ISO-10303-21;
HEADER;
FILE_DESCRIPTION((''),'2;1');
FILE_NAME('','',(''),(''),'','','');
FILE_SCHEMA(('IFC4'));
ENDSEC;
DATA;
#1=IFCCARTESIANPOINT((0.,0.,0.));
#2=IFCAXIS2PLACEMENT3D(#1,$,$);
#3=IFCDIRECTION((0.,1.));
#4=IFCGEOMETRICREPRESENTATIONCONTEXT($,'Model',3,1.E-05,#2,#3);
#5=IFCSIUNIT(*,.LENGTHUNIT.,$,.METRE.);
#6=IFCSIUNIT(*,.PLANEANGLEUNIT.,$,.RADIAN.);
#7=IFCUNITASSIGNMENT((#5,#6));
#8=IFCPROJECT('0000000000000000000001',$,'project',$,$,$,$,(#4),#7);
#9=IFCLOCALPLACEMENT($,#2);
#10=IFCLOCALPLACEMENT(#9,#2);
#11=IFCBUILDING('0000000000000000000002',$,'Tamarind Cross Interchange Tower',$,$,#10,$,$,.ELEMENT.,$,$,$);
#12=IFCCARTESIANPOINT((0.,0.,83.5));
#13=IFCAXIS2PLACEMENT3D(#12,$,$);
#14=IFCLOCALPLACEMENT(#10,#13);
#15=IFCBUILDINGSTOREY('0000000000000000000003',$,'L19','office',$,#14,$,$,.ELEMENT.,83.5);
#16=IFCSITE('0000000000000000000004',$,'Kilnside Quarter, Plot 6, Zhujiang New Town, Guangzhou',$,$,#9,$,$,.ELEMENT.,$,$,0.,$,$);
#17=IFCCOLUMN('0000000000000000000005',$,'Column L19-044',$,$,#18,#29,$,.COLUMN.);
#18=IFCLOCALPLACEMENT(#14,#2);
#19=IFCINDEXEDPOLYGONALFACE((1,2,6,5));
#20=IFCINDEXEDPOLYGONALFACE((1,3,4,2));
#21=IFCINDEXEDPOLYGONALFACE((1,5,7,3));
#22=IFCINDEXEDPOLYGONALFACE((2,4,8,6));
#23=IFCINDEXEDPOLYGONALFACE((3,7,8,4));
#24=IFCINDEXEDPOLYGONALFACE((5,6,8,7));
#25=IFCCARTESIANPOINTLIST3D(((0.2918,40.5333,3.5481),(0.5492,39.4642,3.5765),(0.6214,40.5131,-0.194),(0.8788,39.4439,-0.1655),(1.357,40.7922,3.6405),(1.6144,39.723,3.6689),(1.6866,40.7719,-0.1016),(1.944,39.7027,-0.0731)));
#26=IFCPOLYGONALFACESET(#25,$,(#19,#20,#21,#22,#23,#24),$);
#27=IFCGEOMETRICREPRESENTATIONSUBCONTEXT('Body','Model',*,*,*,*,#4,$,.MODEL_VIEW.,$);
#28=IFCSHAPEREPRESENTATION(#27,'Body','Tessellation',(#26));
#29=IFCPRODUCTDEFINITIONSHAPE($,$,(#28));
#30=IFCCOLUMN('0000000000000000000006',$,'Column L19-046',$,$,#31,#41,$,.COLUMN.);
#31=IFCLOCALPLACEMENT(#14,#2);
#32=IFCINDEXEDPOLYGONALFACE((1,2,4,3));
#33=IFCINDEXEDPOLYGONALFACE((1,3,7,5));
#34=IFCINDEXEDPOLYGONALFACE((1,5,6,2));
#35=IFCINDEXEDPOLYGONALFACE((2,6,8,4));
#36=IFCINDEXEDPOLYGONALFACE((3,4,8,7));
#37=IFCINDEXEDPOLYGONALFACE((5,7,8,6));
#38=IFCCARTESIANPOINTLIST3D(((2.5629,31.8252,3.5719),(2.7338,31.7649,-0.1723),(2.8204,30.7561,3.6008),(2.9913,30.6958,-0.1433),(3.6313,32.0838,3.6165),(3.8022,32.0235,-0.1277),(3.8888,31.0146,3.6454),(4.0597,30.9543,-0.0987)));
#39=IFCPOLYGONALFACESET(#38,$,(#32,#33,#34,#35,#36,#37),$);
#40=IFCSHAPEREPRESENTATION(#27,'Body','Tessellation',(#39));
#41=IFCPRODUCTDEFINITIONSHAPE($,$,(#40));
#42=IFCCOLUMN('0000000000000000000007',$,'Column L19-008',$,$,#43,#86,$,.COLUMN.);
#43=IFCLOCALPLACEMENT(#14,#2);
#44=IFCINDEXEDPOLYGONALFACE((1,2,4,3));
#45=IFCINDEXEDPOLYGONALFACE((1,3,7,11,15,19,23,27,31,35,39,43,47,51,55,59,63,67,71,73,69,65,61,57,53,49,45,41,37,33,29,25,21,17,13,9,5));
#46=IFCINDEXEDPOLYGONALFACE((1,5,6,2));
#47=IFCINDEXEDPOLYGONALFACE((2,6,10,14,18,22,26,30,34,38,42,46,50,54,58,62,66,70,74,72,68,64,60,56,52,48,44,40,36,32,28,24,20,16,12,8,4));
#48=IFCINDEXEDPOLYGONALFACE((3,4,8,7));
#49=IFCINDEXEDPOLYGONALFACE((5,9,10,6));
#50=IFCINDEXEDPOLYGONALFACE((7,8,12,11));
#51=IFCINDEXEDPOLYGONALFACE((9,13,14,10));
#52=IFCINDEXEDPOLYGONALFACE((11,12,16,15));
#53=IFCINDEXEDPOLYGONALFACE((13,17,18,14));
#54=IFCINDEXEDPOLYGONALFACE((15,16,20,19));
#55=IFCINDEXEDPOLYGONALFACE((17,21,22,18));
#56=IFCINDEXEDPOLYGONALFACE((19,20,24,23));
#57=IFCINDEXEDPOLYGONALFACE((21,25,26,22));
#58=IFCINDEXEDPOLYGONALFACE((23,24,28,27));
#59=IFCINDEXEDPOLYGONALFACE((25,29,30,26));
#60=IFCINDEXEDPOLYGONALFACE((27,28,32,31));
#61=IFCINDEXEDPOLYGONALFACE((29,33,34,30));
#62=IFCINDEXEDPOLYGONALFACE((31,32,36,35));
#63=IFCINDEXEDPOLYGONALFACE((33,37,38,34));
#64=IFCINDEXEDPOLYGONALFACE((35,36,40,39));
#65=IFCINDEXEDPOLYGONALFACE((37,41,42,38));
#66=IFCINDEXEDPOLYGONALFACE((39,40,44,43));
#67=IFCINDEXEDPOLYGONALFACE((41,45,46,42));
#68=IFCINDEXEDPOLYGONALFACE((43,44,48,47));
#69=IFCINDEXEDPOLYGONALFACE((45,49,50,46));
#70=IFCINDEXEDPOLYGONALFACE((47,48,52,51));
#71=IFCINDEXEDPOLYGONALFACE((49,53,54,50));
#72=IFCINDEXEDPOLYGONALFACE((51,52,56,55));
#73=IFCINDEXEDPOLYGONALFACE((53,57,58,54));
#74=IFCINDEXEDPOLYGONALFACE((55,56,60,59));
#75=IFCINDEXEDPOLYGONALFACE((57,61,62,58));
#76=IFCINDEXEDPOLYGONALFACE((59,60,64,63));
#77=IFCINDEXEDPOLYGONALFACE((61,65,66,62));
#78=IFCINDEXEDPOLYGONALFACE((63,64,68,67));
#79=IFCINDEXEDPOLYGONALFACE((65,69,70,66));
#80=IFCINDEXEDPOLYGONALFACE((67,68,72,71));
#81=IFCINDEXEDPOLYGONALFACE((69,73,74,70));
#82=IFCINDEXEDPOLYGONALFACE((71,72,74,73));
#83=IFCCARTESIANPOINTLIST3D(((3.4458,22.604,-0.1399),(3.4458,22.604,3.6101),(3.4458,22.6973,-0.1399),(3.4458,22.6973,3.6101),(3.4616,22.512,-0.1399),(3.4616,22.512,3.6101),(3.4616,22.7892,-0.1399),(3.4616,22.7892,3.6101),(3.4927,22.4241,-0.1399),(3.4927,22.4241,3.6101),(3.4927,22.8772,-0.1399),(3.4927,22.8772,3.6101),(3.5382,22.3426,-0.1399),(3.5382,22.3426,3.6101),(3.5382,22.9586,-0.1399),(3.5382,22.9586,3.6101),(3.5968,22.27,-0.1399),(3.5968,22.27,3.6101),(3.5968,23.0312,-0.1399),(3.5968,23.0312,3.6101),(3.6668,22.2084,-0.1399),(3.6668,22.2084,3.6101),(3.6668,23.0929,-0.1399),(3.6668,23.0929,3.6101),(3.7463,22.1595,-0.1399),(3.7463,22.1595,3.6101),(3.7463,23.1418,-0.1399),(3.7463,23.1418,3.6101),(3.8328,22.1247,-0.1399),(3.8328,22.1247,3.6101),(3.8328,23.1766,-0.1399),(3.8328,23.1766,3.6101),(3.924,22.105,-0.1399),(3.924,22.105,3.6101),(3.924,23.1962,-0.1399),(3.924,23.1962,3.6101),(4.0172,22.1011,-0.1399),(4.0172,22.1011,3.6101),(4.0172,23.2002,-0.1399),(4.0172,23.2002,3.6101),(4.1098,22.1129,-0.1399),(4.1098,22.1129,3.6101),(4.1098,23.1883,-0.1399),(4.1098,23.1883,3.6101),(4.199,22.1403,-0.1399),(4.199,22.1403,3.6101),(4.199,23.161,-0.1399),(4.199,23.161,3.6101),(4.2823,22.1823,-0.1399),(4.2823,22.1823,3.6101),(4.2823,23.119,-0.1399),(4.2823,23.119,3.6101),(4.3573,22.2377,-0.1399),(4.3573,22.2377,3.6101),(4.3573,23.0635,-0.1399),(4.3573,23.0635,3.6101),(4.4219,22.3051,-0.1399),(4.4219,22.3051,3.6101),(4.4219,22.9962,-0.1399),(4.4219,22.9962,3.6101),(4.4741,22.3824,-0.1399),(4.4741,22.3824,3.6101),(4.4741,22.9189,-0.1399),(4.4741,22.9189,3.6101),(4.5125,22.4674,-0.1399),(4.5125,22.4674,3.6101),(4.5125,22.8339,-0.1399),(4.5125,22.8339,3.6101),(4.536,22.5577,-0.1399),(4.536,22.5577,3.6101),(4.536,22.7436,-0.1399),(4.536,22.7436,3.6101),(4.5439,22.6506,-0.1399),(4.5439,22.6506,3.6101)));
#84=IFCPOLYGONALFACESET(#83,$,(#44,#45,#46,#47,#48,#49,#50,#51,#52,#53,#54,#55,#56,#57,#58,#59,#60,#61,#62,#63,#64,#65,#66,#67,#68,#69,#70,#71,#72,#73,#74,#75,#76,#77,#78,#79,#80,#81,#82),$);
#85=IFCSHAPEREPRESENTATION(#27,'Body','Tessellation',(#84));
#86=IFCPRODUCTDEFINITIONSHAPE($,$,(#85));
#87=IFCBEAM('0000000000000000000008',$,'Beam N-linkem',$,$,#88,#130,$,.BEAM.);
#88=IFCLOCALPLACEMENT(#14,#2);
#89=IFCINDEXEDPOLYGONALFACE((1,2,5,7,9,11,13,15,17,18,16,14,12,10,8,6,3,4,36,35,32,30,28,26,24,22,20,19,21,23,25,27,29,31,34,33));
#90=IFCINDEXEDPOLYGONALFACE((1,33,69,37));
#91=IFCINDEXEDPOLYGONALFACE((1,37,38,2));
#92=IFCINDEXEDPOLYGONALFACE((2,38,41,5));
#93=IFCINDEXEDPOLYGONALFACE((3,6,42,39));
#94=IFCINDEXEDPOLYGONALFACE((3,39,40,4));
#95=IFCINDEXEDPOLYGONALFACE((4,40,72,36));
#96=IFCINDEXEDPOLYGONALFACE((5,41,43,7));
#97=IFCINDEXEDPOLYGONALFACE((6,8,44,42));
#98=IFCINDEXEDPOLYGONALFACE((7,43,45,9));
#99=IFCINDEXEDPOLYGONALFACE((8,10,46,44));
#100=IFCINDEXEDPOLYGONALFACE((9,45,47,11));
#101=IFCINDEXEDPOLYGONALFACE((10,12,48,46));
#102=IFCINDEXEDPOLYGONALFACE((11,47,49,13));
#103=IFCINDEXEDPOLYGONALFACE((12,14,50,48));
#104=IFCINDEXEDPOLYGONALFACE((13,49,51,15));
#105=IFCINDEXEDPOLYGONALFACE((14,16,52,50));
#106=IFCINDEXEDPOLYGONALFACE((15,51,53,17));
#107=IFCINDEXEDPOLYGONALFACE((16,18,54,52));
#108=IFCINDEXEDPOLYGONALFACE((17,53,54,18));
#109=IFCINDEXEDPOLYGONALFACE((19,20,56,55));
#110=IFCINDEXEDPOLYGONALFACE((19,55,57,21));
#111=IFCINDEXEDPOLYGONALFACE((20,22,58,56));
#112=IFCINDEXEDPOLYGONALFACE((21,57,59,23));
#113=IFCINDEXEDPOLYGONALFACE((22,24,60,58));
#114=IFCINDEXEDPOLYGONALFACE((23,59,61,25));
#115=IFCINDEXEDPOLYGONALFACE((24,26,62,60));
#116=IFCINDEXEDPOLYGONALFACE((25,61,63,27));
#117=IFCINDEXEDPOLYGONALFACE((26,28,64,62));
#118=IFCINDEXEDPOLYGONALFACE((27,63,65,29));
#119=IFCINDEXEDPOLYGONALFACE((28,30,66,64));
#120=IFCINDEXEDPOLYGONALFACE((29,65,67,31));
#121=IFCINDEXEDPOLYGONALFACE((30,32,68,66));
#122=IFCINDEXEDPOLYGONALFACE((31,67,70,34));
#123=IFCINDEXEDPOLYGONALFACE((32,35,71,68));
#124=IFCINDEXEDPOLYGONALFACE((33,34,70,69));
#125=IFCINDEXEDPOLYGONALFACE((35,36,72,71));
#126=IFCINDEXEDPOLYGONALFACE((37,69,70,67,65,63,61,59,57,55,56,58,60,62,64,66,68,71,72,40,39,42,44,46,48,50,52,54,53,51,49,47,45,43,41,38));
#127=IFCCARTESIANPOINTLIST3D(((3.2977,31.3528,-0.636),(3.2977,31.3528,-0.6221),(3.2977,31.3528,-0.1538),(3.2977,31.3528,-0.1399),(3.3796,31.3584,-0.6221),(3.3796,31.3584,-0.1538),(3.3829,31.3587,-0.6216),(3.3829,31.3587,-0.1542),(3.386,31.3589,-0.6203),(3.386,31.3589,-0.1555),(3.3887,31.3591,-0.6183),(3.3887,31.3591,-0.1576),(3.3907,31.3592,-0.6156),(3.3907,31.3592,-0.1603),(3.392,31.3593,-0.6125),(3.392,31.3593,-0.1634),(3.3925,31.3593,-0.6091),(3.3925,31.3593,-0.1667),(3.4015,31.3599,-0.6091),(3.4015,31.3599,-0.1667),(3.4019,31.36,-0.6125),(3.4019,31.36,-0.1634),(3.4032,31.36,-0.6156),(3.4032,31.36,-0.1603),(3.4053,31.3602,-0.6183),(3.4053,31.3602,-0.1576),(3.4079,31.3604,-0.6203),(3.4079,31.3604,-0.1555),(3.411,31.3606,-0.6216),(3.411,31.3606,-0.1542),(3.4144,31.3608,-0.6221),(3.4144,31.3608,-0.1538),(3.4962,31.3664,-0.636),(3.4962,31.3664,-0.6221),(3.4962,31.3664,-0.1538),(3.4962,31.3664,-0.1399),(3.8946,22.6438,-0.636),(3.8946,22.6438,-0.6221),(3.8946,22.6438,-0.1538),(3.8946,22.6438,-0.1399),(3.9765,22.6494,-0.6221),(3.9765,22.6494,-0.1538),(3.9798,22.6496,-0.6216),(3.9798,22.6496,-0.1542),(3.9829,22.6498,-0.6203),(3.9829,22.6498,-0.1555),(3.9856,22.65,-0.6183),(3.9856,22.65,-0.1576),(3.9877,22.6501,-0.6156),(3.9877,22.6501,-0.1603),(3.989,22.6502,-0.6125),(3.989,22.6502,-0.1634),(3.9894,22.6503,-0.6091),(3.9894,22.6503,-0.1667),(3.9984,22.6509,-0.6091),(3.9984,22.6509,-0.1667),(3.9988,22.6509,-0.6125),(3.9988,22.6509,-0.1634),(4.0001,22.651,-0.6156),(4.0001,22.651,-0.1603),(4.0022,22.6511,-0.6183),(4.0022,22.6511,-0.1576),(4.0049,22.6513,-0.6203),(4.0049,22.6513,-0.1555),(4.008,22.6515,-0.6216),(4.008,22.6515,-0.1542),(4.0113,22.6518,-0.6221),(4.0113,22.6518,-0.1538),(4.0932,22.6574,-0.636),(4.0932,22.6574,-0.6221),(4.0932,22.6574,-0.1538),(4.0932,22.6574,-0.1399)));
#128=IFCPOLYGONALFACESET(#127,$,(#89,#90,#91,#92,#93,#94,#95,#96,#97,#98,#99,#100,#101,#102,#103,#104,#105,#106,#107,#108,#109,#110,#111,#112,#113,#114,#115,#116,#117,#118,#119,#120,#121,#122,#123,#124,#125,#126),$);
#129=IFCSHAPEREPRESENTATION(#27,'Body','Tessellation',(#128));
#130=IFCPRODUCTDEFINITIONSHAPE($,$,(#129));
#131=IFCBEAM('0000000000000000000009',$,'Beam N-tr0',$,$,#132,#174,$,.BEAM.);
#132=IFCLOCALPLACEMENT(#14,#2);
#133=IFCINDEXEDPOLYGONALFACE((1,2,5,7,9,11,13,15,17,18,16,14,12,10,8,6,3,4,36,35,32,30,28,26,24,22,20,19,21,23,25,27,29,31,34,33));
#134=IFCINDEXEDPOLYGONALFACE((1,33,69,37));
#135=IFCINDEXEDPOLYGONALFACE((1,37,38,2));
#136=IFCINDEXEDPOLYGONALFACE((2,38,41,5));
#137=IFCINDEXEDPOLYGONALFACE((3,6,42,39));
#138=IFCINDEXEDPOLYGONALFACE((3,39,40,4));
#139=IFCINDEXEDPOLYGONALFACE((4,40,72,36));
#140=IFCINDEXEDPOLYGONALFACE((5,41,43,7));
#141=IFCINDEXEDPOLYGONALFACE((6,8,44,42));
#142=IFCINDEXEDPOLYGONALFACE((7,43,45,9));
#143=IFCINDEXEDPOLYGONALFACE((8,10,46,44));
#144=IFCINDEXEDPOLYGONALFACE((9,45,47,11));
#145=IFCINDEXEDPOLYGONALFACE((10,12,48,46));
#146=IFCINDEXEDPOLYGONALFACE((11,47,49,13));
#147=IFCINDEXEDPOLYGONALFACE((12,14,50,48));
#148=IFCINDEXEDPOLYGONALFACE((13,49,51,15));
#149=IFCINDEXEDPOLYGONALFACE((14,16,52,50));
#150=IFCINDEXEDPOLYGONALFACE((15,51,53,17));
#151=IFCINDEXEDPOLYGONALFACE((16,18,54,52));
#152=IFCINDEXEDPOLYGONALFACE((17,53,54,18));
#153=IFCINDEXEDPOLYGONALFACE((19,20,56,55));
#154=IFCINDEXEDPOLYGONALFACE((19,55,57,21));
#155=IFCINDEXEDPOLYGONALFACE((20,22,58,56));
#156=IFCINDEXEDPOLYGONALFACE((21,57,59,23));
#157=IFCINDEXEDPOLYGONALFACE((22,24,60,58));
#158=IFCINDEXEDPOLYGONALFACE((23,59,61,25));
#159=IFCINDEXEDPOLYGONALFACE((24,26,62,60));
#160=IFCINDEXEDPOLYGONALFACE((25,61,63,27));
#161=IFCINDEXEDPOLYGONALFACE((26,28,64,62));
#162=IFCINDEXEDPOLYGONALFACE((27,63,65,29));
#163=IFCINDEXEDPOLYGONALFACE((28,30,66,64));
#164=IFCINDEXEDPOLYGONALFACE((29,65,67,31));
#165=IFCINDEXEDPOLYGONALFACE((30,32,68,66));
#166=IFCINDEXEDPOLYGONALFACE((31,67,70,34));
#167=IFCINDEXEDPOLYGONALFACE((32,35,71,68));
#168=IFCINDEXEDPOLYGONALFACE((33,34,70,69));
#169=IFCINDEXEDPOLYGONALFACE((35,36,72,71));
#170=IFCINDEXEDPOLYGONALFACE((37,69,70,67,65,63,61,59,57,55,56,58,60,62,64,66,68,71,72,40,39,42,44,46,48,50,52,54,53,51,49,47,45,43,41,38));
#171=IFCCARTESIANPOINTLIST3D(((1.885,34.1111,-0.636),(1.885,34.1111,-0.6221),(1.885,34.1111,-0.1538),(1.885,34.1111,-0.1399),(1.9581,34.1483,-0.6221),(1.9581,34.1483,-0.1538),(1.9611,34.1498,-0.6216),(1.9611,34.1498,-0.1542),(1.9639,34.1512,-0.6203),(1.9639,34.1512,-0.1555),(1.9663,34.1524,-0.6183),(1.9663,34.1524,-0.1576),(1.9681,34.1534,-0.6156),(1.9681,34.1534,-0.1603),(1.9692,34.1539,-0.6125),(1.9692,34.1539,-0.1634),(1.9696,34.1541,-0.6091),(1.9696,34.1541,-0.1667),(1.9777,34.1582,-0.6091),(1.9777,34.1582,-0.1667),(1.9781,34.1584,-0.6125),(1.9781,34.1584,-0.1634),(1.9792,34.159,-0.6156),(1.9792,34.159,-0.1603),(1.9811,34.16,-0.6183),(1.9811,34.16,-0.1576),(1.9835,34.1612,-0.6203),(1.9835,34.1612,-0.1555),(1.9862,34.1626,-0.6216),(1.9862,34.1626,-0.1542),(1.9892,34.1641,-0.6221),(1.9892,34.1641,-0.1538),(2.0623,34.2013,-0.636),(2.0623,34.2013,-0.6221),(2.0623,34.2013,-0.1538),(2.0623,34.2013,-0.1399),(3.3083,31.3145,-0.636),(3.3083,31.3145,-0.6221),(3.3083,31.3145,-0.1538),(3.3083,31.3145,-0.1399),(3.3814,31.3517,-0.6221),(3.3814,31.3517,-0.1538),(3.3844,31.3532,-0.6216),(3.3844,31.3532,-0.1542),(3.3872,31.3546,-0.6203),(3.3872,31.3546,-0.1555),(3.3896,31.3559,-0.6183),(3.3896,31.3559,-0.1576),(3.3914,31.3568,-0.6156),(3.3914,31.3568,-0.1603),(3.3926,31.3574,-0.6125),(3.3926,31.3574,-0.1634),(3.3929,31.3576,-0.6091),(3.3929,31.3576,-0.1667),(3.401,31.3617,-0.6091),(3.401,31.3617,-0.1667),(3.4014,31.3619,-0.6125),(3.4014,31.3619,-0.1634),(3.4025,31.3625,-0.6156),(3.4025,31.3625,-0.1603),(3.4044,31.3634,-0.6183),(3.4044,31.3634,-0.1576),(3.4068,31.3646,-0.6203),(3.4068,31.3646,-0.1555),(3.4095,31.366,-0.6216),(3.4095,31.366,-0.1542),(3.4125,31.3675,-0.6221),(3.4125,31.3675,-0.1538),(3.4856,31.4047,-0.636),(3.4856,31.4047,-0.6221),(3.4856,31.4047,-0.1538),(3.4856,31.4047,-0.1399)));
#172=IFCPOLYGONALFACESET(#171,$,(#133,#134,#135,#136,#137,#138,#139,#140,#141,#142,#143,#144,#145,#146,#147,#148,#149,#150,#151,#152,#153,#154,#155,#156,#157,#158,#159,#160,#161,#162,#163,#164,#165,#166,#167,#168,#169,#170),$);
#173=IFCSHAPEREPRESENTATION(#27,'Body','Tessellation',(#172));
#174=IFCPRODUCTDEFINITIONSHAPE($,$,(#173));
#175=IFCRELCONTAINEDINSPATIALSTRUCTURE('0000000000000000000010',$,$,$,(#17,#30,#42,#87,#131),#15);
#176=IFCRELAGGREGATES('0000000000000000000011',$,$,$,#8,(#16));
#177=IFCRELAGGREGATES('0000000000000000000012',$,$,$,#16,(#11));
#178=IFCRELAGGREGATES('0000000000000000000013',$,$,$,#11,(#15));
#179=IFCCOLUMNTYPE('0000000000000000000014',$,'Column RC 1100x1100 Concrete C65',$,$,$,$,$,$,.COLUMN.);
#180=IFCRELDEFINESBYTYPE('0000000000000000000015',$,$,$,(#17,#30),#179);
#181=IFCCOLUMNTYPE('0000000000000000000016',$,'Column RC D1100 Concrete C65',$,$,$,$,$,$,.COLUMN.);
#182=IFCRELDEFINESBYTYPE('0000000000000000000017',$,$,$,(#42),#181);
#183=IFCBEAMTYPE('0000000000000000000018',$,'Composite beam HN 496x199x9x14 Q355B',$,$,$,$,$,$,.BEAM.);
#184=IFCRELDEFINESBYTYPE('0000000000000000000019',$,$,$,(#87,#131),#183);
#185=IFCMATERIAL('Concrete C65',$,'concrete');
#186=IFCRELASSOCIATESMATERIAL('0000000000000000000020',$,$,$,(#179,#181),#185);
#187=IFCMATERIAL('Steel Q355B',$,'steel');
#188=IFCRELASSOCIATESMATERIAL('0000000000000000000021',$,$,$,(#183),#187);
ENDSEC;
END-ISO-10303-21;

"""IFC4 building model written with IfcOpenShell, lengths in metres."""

from ifc_helpers import new_model, si_unit, direction, frame, origin, origin_2d, place, context, subcontext, project, spatial, rectangle, circle, i_section, extrude, material, material_profile, profile_set, type_object, element, save


model = new_model("IFC4")

# Units and contexts
model_context = context("Model", 3, precision=1e-05, world=origin(), true_north=direction((0.0, 1.0)))
body_context = subcontext(model_context, "Body", "Model", "MODEL_VIEW")
ifc_project = project(units=[si_unit("LENGTHUNIT", "METRE"), si_unit("PLANEANGLEUNIT", "RADIAN")], contexts=[model_context])

# Site, building, storey
site_placement = place(None, origin())
site = spatial("IfcSite", under=ifc_project, at=site_placement, Name="Kilnside Quarter, Plot 6, Zhujiang New Town, Guangzhou", CompositionType="ELEMENT", RefElevation=0.0)
building_placement = place(site_placement, origin())
building = spatial("IfcBuilding", under=site, at=building_placement, Name="Tamarind Cross Interchange Tower", CompositionType="ELEMENT")
storey_placement = place(building_placement, frame((0.0, 0.0, 83.5)))
storey = spatial("IfcBuildingStorey", under=building, at=storey_placement, Name="L19", Description="office", CompositionType="ELEMENT", Elevation=83.5)

# Columns
ifc_material_1 = material(Name="Concrete C65", Category="concrete")
ifc_material_profile_1 = material_profile(ifc_material_1, rectangle(XDim=1.1001, YDim=1.1001, at=origin_2d()), Name="RC 1100x1100")
ifc_profile_set_1 = profile_set([ifc_material_profile_1], Name="Concrete C65")
column_type_1 = type_object("IfcColumnType", Name="Column RC 1100x1100 Concrete C65", PredefinedType="COLUMN", material=ifc_profile_set_1)
column_1_placement = place(storey_placement, frame((1.2827, 40.1079, -0.1335), z_axis=(-0.087739, 0.005394, 0.996129), x_axis=(0.233935, -0.971908, 0.025868)))
element("IfcColumn", 1, at=column_1_placement, inside=storey, type_object=column_type_1, Name="Column L19-044", PredefinedType="COLUMN", context=body_context, shape_type="SweptSolid", body=[
    extrude(rectangle(XDim=1.1001, YDim=1.1001, at=origin_2d()), origin(), (0.0, 0.0, 1.0), 3.7566),
])
column_2_placement = place(storey_placement, frame((3.3967, 31.3596, -0.1355), z_axis=(-0.045591, 0.016087, 0.998831), x_axis=(0.234072, -0.971863, 0.026337)))
element("IfcColumn", 2, at=column_2_placement, inside=storey, type_object=column_type_1, Name="Column L19-046", PredefinedType="COLUMN", context=body_context, shape_type="SweptSolid", body=[
    extrude(rectangle(XDim=1.1001, YDim=1.1001, at=origin_2d()), origin(), (0.0, 0.0, 1.0), 3.7485),
])
ifc_material_profile_2 = material_profile(ifc_material_1, circle(Radius=0.55, at=origin_2d()), Name="RC D1100")
ifc_profile_set_2 = profile_set([ifc_material_profile_2], Name="Concrete C65")
column_type_2 = type_object("IfcColumnType", Name="Column RC D1100 Concrete C65", PredefinedType="COLUMN", material=ifc_profile_set_2)
column_3_placement = place(storey_placement, frame((3.9939, 22.6506, -0.1399), z_axis=(0.0, 0.0, 1.0), x_axis=(1.0, 0.0, 0.0)))
element("IfcColumn", 3, at=column_3_placement, inside=storey, type_object=column_type_2, Name="Column L19-008", PredefinedType="COLUMN", context=body_context, shape_type="SweptSolid", body=[
    extrude(circle(Radius=0.55, at=origin_2d()), origin(), (0.0, 0.0, 1.0), 3.75),
])

# Beams
ifc_material_2 = material(Name="Steel Q355B", Category="steel")
ifc_material_profile_3 = material_profile(ifc_material_2, i_section(OverallWidth=0.199, OverallDepth=0.4961, WebThickness=0.009, FlangeThickness=0.0139, FilletRadius=0.0129, at=origin_2d()), Name="HN 496x199x9x14")
ifc_profile_set_3 = profile_set([ifc_material_profile_3], Name="Steel Q355B")
beam_type_1 = type_object("IfcBeamType", Name="Composite beam HN 496x199x9x14 Q355B", PredefinedType="BEAM", material=ifc_profile_set_3)
beam_1_placement = place(storey_placement, frame((3.397, 31.3596, -0.3879), z_axis=(0.068381, -0.997659, 0.0), x_axis=(0.997659, 0.068381, 0.0)))
element("IfcBeam", 4, at=beam_1_placement, inside=storey, type_object=beam_type_1, Name="Beam N-linkem", PredefinedType="BEAM", context=body_context, shape_type="SweptSolid", body=[
    extrude(i_section(OverallWidth=0.199, OverallDepth=0.4961, WebThickness=0.009, FlangeThickness=0.0139, FilletRadius=0.0129, at=origin_2d()), origin(), (0.0, 0.0, 1.0), 8.7295),
])
beam_2_placement = place(storey_placement, frame((3.397, 31.3596, -0.3879), z_axis=(-0.453582, 0.891215, 0.0), x_axis=(-0.891215, -0.453582, 0.0)))
element("IfcBeam", 5, at=beam_2_placement, inside=storey, type_object=beam_type_1, Name="Beam N-tr0", PredefinedType="BEAM", context=body_context, shape_type="SweptSolid", body=[
    extrude(i_section(OverallWidth=0.199, OverallDepth=0.4961, WebThickness=0.009, FlangeThickness=0.0139, FilletRadius=0.0129, at=origin_2d()), origin(), (0.0, 0.0, 1.0), 3.1379),
])

save(model, "model.ifc")
